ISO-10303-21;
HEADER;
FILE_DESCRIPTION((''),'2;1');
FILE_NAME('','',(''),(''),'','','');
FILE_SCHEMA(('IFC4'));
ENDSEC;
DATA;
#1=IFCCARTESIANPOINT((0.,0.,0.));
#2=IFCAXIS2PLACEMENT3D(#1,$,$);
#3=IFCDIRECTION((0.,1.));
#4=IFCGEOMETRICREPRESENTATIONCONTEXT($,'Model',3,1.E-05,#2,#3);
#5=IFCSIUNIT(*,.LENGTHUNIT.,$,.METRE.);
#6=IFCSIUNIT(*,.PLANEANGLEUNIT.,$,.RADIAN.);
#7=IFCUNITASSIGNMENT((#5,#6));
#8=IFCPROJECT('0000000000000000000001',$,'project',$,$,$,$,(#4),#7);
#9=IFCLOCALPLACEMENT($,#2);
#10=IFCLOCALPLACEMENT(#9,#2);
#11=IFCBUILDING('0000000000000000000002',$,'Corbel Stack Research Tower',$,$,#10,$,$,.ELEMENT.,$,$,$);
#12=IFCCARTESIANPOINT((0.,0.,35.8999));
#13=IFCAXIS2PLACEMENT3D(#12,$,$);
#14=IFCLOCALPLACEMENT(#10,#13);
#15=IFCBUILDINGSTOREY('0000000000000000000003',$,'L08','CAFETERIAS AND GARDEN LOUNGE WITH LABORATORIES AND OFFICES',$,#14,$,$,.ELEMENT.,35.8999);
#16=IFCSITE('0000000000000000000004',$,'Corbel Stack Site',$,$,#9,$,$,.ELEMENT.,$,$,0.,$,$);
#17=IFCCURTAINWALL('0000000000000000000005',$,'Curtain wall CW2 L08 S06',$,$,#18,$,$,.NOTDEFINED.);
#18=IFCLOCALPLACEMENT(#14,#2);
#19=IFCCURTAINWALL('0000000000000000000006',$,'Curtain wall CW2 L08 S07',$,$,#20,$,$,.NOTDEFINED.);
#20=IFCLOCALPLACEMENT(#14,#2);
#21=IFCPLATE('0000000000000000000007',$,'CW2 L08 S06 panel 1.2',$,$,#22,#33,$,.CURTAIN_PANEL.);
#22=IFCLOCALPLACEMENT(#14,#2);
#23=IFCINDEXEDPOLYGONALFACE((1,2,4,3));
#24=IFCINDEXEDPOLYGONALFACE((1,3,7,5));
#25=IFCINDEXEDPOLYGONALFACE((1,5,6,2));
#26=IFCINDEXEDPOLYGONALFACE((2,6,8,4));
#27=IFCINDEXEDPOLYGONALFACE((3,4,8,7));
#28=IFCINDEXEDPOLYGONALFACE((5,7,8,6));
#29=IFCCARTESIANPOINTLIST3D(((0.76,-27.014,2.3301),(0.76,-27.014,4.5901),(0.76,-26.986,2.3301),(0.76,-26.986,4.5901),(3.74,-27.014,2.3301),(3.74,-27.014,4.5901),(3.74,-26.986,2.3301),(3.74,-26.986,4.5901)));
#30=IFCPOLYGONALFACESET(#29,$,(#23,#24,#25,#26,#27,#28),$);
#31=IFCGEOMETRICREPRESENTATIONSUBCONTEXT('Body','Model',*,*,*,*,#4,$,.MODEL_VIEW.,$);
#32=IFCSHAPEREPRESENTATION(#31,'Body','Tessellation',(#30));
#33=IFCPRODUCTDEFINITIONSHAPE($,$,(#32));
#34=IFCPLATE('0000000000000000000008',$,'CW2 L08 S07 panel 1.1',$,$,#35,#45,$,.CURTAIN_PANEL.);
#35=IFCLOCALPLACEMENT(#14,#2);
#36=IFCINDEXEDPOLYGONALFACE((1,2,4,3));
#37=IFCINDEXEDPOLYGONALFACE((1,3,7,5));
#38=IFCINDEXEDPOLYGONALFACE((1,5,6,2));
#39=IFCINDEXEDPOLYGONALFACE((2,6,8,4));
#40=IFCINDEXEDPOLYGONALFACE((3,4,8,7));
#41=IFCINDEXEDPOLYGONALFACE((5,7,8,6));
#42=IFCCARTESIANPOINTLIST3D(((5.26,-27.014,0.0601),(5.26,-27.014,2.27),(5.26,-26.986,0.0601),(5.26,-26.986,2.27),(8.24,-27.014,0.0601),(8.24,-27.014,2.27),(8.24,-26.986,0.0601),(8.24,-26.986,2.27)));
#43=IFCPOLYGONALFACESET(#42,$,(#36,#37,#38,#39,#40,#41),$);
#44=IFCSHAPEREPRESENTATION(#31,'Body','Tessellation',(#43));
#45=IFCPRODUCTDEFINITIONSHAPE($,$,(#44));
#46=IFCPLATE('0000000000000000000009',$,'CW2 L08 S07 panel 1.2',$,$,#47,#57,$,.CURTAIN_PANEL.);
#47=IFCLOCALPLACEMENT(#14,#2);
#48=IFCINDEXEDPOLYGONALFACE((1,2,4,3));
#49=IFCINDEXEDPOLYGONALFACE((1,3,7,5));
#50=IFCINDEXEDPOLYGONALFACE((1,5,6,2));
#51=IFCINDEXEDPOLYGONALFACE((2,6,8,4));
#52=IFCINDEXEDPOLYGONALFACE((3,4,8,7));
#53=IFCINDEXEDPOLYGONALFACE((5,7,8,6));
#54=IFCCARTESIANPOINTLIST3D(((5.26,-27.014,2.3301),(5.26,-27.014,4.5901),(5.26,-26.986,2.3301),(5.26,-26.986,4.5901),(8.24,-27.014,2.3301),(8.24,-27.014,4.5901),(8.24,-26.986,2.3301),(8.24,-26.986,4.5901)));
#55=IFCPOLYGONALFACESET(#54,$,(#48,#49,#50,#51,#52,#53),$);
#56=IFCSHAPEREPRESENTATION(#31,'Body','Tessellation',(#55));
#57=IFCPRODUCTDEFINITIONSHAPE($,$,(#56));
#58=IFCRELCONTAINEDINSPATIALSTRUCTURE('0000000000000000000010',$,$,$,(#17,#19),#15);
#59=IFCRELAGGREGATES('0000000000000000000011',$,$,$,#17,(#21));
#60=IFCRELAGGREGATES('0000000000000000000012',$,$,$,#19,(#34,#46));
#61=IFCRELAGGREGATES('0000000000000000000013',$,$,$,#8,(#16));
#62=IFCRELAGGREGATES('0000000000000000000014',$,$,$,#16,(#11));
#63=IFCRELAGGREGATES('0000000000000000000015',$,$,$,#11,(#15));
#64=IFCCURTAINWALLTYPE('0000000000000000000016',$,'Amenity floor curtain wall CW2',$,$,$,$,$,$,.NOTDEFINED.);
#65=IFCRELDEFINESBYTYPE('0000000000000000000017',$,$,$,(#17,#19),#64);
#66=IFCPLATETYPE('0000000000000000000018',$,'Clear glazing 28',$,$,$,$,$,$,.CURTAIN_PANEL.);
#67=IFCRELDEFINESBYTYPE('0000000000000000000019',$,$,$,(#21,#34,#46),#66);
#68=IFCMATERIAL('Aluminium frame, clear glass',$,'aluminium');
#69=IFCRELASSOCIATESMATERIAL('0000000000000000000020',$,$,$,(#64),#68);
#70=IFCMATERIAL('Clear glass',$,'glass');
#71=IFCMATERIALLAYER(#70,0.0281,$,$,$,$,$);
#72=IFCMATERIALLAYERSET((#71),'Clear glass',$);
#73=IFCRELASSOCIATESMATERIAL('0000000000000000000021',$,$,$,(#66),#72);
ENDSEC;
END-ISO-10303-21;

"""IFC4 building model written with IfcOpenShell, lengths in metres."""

from ifc_helpers import new_model, si_unit, direction, frame, origin, origin_2d, place, context, subcontext, project, spatial, rectangle, extrude, material, layer, layer_set, type_object, element, aggregate, save


model = new_model("IFC4")

# Units and contexts
model_context = context("Model", 3, precision=1e-05, world=origin(), true_north=direction((0.0, 1.0)))
body_context = subcontext(model_context, "Body", "Model", "MODEL_VIEW")
ifc_project = project(units=[si_unit("LENGTHUNIT", "METRE"), si_unit("PLANEANGLEUNIT", "RADIAN")], contexts=[model_context])

# Site, building, storey
site_placement = place(None, origin())
site = spatial("IfcSite", under=ifc_project, at=site_placement, Name="Corbel Stack Site", CompositionType="ELEMENT", RefElevation=0.0)
building_placement = place(site_placement, origin())
building = spatial("IfcBuilding", under=site, at=building_placement, Name="Corbel Stack Research Tower", CompositionType="ELEMENT")
storey_placement = place(building_placement, frame((0.0, 0.0, 35.8999)))
storey = spatial("IfcBuildingStorey", under=building, at=storey_placement, Name="L08", Description="CAFETERIAS AND GARDEN LOUNGE WITH LABORATORIES AND OFFICES", CompositionType="ELEMENT", Elevation=35.8999)

# Curtain walls
ifc_material_1 = material(Name="Aluminium frame, clear glass", Category="aluminium")
curtain_wall_type = type_object("IfcCurtainWallType", Name="Amenity floor curtain wall CW2", PredefinedType="NOTDEFINED", material=ifc_material_1)
curtain_wall_1_placement = place(storey_placement, origin())
curtain_wall_1 = element("IfcCurtainWall", 1, at=curtain_wall_1_placement, inside=storey, type_object=curtain_wall_type, Name="Curtain wall CW2 L08 S06", PredefinedType="NOTDEFINED")
curtain_wall_2_placement = place(storey_placement, origin())
curtain_wall_2 = element("IfcCurtainWall", 2, at=curtain_wall_2_placement, inside=storey, type_object=curtain_wall_type, Name="Curtain wall CW2 L08 S07", PredefinedType="NOTDEFINED")

# Plates
ifc_material_2 = material(Name="Clear glass", Category="glass")
ifc_layer = layer(ifc_material_2, 0.0281)
ifc_layer_set = layer_set([ifc_layer], Name="Clear glass")
plate_type = type_object("IfcPlateType", Name="Clear glazing 28", PredefinedType="CURTAIN_PANEL", material=ifc_layer_set)
plate_1_placement = place(storey_placement, frame((2.25, -27.0, 2.3301), z_axis=(0.0, 0.0, 1.0), x_axis=(1.0, 0.0, 0.0)))
plate_1 = element("IfcPlate", 3, at=plate_1_placement, type_object=plate_type, Name="CW2 L08 S06 panel 1.2", PredefinedType="CURTAIN_PANEL", context=body_context, shape_type="SweptSolid", body=[
    extrude(rectangle(XDim=2.98, YDim=0.0281, at=origin_2d()), origin(), (0.0, 0.0, 1.0), 2.26),
])
aggregate(curtain_wall_1, [plate_1])
plate_2_placement = place(storey_placement, frame((6.75, -27.0, 0.0601), z_axis=(0.0, 0.0, 1.0), x_axis=(1.0, 0.0, 0.0)))
plate_2 = element("IfcPlate", 4, at=plate_2_placement, type_object=plate_type, Name="CW2 L08 S07 panel 1.1", PredefinedType="CURTAIN_PANEL", context=body_context, shape_type="SweptSolid", body=[
    extrude(rectangle(XDim=2.98, YDim=0.0281, at=origin_2d()), origin(), (0.0, 0.0, 1.0), 2.21),
])
plate_3_placement = place(storey_placement, frame((6.75, -27.0, 2.3301), z_axis=(0.0, 0.0, 1.0), x_axis=(1.0, 0.0, 0.0)))
plate_3 = element("IfcPlate", 5, at=plate_3_placement, type_object=plate_type, Name="CW2 L08 S07 panel 1.2", PredefinedType="CURTAIN_PANEL", context=body_context, shape_type="SweptSolid", body=[
    extrude(rectangle(XDim=2.98, YDim=0.0281, at=origin_2d()), origin(), (0.0, 0.0, 1.0), 2.26),
])
aggregate(curtain_wall_2, [plate_2, plate_3])

save(model, "model.ifc")
